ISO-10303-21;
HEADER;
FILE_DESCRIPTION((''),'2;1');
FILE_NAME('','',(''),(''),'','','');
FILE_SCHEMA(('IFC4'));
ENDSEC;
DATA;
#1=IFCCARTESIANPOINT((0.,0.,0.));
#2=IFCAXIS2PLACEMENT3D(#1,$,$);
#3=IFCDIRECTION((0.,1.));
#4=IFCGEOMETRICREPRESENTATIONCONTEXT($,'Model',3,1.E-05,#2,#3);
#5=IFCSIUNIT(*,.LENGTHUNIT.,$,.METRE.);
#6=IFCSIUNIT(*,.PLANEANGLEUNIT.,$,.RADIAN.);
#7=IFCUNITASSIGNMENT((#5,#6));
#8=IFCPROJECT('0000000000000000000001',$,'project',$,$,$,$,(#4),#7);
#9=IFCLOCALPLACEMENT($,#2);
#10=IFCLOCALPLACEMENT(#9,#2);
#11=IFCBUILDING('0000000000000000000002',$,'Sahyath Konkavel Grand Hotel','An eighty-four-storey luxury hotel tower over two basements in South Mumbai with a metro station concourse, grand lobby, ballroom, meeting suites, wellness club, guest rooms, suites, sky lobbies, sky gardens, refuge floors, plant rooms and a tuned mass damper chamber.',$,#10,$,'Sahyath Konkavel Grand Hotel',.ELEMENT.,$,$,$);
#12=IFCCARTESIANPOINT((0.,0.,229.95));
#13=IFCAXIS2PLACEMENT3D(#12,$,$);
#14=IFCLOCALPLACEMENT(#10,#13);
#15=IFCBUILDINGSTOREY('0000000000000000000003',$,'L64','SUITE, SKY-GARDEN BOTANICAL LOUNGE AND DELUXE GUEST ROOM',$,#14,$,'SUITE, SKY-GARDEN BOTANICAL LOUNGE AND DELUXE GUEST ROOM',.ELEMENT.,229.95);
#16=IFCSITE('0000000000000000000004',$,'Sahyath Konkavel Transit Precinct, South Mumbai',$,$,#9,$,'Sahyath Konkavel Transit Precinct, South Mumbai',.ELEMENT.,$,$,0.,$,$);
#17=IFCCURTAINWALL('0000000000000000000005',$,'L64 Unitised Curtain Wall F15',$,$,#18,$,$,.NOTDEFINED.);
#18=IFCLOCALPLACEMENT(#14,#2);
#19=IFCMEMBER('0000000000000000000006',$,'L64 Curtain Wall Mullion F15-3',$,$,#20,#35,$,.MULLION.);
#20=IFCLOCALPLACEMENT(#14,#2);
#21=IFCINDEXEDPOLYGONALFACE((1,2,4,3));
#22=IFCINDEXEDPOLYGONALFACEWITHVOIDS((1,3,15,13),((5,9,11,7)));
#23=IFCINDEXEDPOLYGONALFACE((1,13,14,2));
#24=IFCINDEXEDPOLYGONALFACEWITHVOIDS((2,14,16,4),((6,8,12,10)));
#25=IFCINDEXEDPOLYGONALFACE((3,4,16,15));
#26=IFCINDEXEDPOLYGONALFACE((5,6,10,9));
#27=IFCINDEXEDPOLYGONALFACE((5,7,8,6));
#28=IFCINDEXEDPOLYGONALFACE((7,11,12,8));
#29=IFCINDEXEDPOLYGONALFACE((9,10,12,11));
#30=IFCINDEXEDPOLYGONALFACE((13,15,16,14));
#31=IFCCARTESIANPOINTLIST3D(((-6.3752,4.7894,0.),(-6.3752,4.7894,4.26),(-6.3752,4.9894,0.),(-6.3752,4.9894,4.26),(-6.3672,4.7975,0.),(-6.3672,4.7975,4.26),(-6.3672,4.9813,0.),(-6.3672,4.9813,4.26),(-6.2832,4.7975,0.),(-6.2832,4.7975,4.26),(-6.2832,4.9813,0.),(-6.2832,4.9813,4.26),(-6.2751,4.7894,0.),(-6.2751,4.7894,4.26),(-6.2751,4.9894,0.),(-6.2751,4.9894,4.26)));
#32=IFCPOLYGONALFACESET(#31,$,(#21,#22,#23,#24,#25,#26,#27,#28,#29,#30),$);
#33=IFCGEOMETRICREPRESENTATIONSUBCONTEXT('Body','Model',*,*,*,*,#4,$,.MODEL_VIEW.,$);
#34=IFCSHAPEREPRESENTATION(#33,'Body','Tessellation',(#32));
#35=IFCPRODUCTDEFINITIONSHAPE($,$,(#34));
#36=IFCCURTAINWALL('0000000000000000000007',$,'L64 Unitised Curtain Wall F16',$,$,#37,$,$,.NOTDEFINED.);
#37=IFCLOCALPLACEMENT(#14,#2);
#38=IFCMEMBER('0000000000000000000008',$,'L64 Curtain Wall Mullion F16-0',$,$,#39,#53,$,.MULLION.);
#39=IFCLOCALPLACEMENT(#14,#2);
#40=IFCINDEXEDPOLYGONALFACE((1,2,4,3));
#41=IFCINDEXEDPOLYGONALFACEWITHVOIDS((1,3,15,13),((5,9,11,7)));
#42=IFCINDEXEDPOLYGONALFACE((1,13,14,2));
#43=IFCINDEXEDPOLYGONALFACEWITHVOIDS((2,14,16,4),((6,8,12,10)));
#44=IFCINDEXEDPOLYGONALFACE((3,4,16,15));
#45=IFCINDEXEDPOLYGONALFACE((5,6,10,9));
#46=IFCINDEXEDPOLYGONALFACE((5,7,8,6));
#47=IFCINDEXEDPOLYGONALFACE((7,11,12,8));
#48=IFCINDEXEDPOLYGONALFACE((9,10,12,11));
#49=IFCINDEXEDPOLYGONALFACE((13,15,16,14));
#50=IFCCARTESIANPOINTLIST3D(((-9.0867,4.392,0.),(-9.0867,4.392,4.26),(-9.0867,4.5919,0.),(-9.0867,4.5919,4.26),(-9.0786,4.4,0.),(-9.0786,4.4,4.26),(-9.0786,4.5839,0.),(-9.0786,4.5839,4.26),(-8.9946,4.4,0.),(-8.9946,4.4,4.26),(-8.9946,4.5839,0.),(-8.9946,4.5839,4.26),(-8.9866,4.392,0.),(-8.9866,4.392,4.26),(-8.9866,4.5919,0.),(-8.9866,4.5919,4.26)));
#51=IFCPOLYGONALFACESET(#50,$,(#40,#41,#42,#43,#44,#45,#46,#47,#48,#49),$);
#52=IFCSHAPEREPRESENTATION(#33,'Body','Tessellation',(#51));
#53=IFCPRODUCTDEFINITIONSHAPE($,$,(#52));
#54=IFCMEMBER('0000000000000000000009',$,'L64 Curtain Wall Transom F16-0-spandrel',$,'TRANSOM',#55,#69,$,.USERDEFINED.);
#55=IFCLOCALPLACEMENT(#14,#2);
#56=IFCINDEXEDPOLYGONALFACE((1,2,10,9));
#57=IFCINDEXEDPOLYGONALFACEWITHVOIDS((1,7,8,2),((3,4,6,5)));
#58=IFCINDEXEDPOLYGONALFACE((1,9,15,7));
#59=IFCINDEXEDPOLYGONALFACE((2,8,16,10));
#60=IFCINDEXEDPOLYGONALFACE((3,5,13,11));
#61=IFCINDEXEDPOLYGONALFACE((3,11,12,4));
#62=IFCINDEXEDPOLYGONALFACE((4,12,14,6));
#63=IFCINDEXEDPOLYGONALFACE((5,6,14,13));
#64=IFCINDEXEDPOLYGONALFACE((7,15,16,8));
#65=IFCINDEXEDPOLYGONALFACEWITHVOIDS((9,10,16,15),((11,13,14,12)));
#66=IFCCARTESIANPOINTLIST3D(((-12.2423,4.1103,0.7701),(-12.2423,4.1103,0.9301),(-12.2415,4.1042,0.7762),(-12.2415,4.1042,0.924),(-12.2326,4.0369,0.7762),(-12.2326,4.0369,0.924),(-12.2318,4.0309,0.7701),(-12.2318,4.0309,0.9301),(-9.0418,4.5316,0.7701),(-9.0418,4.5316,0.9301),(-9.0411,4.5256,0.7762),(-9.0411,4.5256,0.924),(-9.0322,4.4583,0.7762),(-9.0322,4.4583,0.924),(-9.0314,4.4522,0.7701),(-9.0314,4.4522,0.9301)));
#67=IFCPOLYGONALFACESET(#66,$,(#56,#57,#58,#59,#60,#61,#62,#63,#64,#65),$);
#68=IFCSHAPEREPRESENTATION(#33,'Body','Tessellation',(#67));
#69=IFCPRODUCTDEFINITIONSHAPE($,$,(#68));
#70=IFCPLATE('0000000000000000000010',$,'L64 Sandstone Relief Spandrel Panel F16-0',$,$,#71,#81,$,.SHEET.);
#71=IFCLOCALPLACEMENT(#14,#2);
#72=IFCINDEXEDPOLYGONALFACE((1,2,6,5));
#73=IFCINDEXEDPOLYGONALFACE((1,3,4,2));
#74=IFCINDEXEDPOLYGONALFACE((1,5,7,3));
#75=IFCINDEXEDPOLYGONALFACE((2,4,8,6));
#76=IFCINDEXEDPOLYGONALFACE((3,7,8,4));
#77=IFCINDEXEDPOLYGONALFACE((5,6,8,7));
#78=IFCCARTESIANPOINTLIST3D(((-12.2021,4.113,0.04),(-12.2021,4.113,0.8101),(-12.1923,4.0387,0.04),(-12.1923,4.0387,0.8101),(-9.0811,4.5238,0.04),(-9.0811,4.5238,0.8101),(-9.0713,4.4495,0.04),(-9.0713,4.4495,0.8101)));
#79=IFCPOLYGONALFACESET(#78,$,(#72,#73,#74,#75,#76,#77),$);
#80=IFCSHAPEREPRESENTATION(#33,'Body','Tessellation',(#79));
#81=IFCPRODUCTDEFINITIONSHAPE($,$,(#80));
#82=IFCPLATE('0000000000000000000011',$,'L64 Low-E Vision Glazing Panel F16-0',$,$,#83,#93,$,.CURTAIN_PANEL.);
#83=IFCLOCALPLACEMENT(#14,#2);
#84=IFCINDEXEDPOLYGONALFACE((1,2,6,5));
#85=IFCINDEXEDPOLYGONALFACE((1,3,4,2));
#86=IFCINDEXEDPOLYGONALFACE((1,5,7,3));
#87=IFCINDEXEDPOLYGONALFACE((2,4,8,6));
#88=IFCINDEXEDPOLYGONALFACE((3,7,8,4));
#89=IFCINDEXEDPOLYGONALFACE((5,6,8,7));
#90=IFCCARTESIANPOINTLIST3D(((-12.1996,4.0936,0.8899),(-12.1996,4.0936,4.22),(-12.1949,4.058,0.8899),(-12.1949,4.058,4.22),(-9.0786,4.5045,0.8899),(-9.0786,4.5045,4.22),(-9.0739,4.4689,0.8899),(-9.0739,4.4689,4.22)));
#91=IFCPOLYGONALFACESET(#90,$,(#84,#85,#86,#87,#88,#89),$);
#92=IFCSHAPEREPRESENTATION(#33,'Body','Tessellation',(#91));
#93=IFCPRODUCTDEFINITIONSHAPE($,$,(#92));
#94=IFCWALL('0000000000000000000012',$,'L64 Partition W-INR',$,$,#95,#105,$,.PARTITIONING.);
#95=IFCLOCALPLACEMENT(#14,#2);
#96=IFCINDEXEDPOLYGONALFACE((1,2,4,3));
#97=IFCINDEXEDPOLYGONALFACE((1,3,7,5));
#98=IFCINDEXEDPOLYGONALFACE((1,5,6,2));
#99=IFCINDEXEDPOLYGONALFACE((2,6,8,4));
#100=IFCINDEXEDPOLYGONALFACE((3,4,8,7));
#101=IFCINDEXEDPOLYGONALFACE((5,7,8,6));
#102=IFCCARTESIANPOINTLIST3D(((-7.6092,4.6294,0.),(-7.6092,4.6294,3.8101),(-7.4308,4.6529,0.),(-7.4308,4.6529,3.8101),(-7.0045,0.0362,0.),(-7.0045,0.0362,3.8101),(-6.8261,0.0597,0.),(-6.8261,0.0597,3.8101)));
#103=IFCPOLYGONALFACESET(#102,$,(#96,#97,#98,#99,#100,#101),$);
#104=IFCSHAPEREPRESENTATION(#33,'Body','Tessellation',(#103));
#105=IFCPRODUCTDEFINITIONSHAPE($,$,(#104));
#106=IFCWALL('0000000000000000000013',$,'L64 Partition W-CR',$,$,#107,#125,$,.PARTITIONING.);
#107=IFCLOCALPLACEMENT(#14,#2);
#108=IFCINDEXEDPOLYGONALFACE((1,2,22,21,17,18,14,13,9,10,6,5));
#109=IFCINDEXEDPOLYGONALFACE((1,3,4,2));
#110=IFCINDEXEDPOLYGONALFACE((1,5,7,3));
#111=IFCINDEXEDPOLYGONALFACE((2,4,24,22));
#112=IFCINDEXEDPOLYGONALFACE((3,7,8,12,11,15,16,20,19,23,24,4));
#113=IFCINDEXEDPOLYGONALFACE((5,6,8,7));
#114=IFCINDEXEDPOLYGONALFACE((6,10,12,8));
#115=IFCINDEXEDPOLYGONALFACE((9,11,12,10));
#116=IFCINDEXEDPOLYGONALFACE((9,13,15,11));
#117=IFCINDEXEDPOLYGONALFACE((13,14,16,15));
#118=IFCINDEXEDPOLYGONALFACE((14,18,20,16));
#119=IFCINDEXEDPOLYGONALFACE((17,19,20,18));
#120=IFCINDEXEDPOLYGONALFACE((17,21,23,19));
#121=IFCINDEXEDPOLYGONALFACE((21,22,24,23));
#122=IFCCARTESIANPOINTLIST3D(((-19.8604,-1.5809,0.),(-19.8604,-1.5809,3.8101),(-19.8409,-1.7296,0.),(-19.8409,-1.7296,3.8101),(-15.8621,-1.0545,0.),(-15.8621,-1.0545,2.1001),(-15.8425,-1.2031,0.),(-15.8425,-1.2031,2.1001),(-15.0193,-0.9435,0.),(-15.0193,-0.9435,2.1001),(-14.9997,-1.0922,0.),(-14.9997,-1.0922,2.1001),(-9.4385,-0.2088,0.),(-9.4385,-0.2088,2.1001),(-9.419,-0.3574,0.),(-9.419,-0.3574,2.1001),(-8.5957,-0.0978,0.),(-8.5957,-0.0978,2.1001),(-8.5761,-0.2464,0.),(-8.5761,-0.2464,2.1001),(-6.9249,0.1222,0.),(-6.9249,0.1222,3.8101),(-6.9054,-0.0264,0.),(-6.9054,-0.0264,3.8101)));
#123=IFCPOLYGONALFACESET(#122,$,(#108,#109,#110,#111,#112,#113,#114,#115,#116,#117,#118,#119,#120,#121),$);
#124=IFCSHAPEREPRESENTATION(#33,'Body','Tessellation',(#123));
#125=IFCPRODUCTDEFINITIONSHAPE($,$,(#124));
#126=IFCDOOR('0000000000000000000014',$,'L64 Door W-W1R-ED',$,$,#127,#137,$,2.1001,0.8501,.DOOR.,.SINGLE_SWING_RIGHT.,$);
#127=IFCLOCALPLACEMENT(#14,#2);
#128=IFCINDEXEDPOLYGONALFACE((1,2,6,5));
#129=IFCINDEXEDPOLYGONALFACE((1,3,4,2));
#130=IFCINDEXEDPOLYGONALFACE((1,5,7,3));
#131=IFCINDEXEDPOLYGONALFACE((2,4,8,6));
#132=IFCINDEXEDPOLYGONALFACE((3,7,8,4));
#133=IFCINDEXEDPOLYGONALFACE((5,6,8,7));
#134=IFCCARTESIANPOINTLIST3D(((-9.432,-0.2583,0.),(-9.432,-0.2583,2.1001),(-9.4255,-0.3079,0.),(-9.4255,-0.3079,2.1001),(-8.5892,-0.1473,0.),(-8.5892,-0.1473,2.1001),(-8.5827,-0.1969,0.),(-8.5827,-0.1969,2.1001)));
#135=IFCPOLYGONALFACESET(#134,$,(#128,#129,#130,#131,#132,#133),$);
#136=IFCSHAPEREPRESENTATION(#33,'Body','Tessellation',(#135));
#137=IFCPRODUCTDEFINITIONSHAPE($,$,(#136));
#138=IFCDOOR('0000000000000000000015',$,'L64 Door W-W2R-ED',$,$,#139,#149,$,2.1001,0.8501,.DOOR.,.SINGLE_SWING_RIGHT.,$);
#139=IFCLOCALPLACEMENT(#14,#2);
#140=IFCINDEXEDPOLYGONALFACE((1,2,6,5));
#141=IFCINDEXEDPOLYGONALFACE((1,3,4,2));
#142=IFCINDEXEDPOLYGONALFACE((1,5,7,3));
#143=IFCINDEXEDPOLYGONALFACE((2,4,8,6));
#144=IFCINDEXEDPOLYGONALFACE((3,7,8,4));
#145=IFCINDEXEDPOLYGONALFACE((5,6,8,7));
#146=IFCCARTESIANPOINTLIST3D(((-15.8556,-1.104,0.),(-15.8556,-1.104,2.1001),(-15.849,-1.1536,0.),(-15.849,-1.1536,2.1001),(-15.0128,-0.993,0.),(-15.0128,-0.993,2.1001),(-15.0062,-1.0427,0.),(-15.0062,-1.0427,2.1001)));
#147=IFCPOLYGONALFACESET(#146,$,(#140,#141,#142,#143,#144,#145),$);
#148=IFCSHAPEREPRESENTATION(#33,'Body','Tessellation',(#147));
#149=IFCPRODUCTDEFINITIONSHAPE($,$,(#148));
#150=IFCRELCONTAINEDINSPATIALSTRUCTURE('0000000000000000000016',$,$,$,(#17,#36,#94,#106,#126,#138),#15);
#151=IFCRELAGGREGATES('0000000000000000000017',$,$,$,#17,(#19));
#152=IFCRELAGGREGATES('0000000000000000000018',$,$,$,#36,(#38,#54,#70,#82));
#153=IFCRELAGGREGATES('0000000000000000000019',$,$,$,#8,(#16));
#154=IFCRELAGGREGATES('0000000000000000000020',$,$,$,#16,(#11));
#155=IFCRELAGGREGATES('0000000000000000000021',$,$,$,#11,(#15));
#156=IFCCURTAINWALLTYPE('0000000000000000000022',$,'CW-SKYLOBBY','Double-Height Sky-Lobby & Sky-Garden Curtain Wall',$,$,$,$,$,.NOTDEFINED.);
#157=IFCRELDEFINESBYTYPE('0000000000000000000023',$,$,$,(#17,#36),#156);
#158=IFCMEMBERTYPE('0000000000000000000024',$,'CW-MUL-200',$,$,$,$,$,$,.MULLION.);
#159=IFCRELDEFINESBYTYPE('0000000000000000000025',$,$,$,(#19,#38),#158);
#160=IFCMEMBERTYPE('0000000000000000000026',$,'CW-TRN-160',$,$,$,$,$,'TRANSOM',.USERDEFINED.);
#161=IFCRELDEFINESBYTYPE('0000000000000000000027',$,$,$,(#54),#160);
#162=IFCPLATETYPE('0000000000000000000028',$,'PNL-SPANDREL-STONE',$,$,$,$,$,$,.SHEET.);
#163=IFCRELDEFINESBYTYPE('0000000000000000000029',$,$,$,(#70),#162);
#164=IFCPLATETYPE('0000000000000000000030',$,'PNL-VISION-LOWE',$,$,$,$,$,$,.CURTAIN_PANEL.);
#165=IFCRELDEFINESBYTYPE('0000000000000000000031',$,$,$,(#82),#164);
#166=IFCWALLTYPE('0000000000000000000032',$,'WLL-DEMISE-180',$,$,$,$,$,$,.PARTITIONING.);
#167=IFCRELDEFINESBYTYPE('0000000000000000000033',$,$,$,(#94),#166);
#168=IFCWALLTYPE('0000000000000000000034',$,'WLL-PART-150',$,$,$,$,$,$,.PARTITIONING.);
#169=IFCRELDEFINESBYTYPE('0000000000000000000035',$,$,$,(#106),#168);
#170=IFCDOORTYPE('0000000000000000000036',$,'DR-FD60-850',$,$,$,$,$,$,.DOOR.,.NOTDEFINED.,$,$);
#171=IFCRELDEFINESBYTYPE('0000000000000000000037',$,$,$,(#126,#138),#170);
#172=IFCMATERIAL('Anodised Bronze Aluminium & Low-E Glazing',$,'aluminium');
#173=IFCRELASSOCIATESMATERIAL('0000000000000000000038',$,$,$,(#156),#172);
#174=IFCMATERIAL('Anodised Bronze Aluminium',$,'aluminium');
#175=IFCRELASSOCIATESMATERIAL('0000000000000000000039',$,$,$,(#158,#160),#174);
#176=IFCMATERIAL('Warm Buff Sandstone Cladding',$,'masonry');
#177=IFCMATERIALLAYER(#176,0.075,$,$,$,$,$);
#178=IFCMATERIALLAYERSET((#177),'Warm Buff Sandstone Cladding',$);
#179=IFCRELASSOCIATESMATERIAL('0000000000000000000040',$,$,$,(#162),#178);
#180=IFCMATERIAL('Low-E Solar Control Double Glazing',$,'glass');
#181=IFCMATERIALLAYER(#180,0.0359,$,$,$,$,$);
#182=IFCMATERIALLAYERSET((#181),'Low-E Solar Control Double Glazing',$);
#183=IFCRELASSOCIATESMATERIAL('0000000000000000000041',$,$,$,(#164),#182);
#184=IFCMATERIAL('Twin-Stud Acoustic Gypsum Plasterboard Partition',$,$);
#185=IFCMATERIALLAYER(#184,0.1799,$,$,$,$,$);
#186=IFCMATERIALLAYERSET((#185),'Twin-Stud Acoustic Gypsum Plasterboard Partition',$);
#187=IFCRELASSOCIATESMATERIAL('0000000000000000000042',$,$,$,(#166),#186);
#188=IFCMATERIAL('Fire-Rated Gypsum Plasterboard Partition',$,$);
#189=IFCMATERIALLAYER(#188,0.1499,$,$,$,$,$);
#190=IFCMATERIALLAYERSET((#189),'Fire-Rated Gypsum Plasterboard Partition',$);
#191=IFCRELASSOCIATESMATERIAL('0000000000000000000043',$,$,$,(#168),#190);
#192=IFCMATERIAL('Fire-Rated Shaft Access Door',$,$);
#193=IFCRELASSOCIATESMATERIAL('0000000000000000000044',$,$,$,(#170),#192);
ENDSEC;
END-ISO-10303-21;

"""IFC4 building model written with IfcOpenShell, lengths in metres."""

from ifc_helpers import new_model, si_unit, direction, frame, frame_2d, origin, origin_2d, place, context, subcontext, project, spatial, rectangle, hollow_rectangle, extrude, source, transform, mapped, material, layer, layer_set, material_profile, profile_set, type_object, element, fill, aggregate, save


model = new_model("IFC4")

# Units and contexts
model_context = context("Model", 3, precision=1e-05, world=origin(), true_north=direction((0.0, 1.0)))
body_context = subcontext(model_context, "Body", "Model", "MODEL_VIEW")
ifc_project = project(units=[si_unit("LENGTHUNIT", "METRE"), si_unit("PLANEANGLEUNIT", "RADIAN")], contexts=[model_context])

# Site, building, storey
site_placement = place(None, origin())
site = spatial("IfcSite", under=ifc_project, at=site_placement, Name="Sahyath Konkavel Transit Precinct, South Mumbai", LongName="Sahyath Konkavel Transit Precinct, South Mumbai", CompositionType="ELEMENT", RefElevation=0.0)
building_placement = place(site_placement, origin())
building = spatial("IfcBuilding", under=site, at=building_placement, Name="Sahyath Konkavel Grand Hotel", Description="An eighty-four-storey luxury hotel tower over two basements in South Mumbai with a metro station concourse, grand lobby, ballroom, meeting suites, wellness club, guest rooms, suites, sky lobbies, sky gardens, refuge floors, plant rooms and a tuned mass damper chamber.", LongName="Sahyath Konkavel Grand Hotel", CompositionType="ELEMENT")
storey_placement = place(building_placement, frame((0.0, 0.0, 229.95)))
storey = spatial("IfcBuildingStorey", under=building, at=storey_placement, Name="L64", Description="SUITE, SKY-GARDEN BOTANICAL LOUNGE AND DELUXE GUEST ROOM", LongName="SUITE, SKY-GARDEN BOTANICAL LOUNGE AND DELUXE GUEST ROOM", CompositionType="ELEMENT", Elevation=229.95)

# Curtain wall, member
ifc_material_1 = material(Name="Anodised Bronze Aluminium & Low-E Glazing", Category="aluminium")
curtain_wall_type = type_object("IfcCurtainWallType", Name="CW-SKYLOBBY", Description="Double-Height Sky-Lobby & Sky-Garden Curtain Wall", PredefinedType="NOTDEFINED", material=ifc_material_1)
curtain_wall_1_placement = place(storey_placement, origin())
curtain_wall_1 = element("IfcCurtainWall", 1, at=curtain_wall_1_placement, inside=storey, type_object=curtain_wall_type, Name="L64 Unitised Curtain Wall F15", PredefinedType="NOTDEFINED")
ifc_material_2 = material(Name="Anodised Bronze Aluminium", Category="aluminium")
ifc_material_profile_1 = material_profile(ifc_material_2, hollow_rectangle(XDim=0.1001, YDim=0.2, WallThickness=0.0081, at=origin_2d()), Name="RHS 200x100x8")
ifc_profile_set_1 = profile_set([ifc_material_profile_1], Name="Anodised Bronze Aluminium")
member_type_1 = type_object("IfcMemberType", Name="CW-MUL-200", PredefinedType="MULLION", material=ifc_profile_set_1)
shared_shape_1 = source(origin(), body_context, "Body", "SweptSolid", [
    extrude(hollow_rectangle(XDim=0.1001, YDim=0.2, WallThickness=0.0081, at=origin_2d()), origin(), (0.0, 0.0, 1.0), 4.26),
])
member_1_placement = place(storey_placement, frame((-6.3252, 4.8894, 0.0), z_axis=(0.0, 0.0, 1.0), x_axis=(1.0, 0.0, 0.0)))
member_1 = element("IfcMember", 2, at=member_1_placement, type_object=member_type_1, Name="L64 Curtain Wall Mullion F15-3", PredefinedType="MULLION", context=body_context, shape_type="MappedRepresentation", body=[
    mapped(shared_shape_1, transform((0.0, 0.0, 0.0), scale=1.0)),
])
aggregate(curtain_wall_1, [member_1])

# Curtain wall, members, plates
curtain_wall_2_placement = place(storey_placement, origin())
curtain_wall_2 = element("IfcCurtainWall", 3, at=curtain_wall_2_placement, inside=storey, type_object=curtain_wall_type, Name="L64 Unitised Curtain Wall F16", PredefinedType="NOTDEFINED")
member_2_placement = place(storey_placement, frame((-9.0366, 4.4919, 0.0), z_axis=(0.0, 0.0, 1.0), x_axis=(1.0, 0.0, 0.0)))
member_2 = element("IfcMember", 4, at=member_2_placement, type_object=member_type_1, Name="L64 Curtain Wall Mullion F16-0", PredefinedType="MULLION", context=body_context, shape_type="MappedRepresentation", body=[
    mapped(shared_shape_1, transform((0.0, 0.0, 0.0), scale=1.0)),
])
ifc_material_profile_2 = material_profile(ifc_material_2, hollow_rectangle(XDim=0.0801, YDim=0.1599, WallThickness=0.0061, at=origin_2d()), Name="RHS 160x80x6")
ifc_profile_set_2 = profile_set([ifc_material_profile_2], Name="Anodised Bronze Aluminium")
member_type_2 = type_object("IfcMemberType", Name="CW-TRN-160", ElementType="TRANSOM", PredefinedType="USERDEFINED", material=ifc_profile_set_2)
shared_shape_2 = source(origin(), body_context, "Body", "SweptSolid", [
    extrude(hollow_rectangle(XDim=0.0801, YDim=0.1599, WallThickness=0.0061, at=origin_2d()), origin(), (0.0, 0.0, 1.0), 3.228),
])
member_3_placement = place(storey_placement, frame((-9.0366, 4.4919, 0.8501), z_axis=(-0.991443, -0.130539, 0.0), x_axis=(0.130539, -0.991443, 0.0)))
member_3 = element("IfcMember", 5, at=member_3_placement, type_object=member_type_2, Name="L64 Curtain Wall Transom F16-0-spandrel", ObjectType="TRANSOM", PredefinedType="USERDEFINED", context=body_context, shape_type="MappedRepresentation", body=[
    mapped(shared_shape_2, transform((0.0, 0.0, 0.0), scale=1.0)),
])
ifc_material_3 = material(Name="Warm Buff Sandstone Cladding", Category="masonry")
ifc_layer_1 = layer(ifc_material_3, 0.075)
ifc_layer_set_1 = layer_set([ifc_layer_1], Name="Warm Buff Sandstone Cladding")
plate_type_1 = type_object("IfcPlateType", Name="PNL-SPANDREL-STONE", PredefinedType="SHEET", material=ifc_layer_set_1)
shared_shape_3 = source(origin(), body_context, "Body", "SweptSolid", [
    extrude(rectangle(XDim=3.1479, YDim=0.075, at=origin_2d()), origin(), (0.0, 0.0, 1.0), 0.77),
])
plate_1_placement = place(storey_placement, frame((-10.6367, 4.2812, 0.04), z_axis=(0.0, 0.0, 1.0), x_axis=(-0.991445, -0.130526, 0.0)))
plate_1 = element("IfcPlate", 6, at=plate_1_placement, type_object=plate_type_1, Name="L64 Sandstone Relief Spandrel Panel F16-0", PredefinedType="SHEET", context=body_context, shape_type="MappedRepresentation", body=[
    mapped(shared_shape_3, transform((0.0, 0.0, 0.0), scale=1.0)),
])
ifc_material_4 = material(Name="Low-E Solar Control Double Glazing", Category="glass")
ifc_layer_2 = layer(ifc_material_4, 0.0359)
ifc_layer_set_2 = layer_set([ifc_layer_2], Name="Low-E Solar Control Double Glazing")
plate_type_2 = type_object("IfcPlateType", Name="PNL-VISION-LOWE", PredefinedType="CURTAIN_PANEL", material=ifc_layer_set_2)
shared_shape_4 = source(origin(), body_context, "Body", "SweptSolid", [
    extrude(rectangle(XDim=3.1479, YDim=0.0359, at=origin_2d()), origin(), (0.0, 0.0, 1.0), 3.3301),
])
plate_2_placement = place(storey_placement, frame((-10.6367, 4.2812, 0.8899), z_axis=(0.0, 0.0, 1.0), x_axis=(-0.991445, -0.130526, 0.0)))
plate_2 = element("IfcPlate", 7, at=plate_2_placement, type_object=plate_type_2, Name="L64 Low-E Vision Glazing Panel F16-0", PredefinedType="CURTAIN_PANEL", context=body_context, shape_type="MappedRepresentation", body=[
    mapped(shared_shape_4, transform((0.0, 0.0, 0.0), scale=1.0)),
])
aggregate(curtain_wall_2, [member_2, member_3, plate_1, plate_2])

# Wall
ifc_material_5 = material(Name="Twin-Stud Acoustic Gypsum Plasterboard Partition")
ifc_layer_3 = layer(ifc_material_5, 0.1799)
ifc_layer_set_3 = layer_set([ifc_layer_3], Name="Twin-Stud Acoustic Gypsum Plasterboard Partition")
wall_type_1 = type_object("IfcWallType", Name="WLL-DEMISE-180", PredefinedType="PARTITIONING", material=ifc_layer_set_3)
wall_1_placement = place(storey_placement, frame((-7.52, 4.6411, 0.0), z_axis=(0.0, 0.0, 1.0), x_axis=(0.130531, -0.991444, 0.0)))
element("IfcWall", 8, at=wall_1_placement, inside=storey, type_object=wall_type_1, Name="L64 Partition W-INR", PredefinedType="PARTITIONING", context=body_context, shape_type="SweptSolid", body=[
    extrude(rectangle(XDim=4.6328, YDim=0.1799, at=frame_2d((2.3164, 0.0))), origin(), (0.0, 0.0, 1.0), 3.8101),
])

# Wall, openings, doors
ifc_material_6 = material(Name="Fire-Rated Gypsum Plasterboard Partition")
ifc_layer_4 = layer(ifc_material_6, 0.1499)
ifc_layer_set_4 = layer_set([ifc_layer_4], Name="Fire-Rated Gypsum Plasterboard Partition")
wall_type_2 = type_object("IfcWallType", Name="WLL-PART-150", PredefinedType="PARTITIONING", material=ifc_layer_set_4)
wall_2_placement = place(storey_placement, frame((-6.9153, 0.0479, 0.0), z_axis=(0.0, 0.0, 1.0), x_axis=(-0.991444, -0.130536, 0.0)))
wall_2 = element("IfcWall", 9, at=wall_2_placement, inside=storey, type_object=wall_type_2, Name="L64 Partition W-CR", PredefinedType="PARTITIONING", context=body_context, shape_type="SweptSolid", body=[
    extrude(rectangle(XDim=13.0471, YDim=0.1499, at=frame_2d((6.5234, 0.0))), origin(), (0.0, 0.0, 1.0), 3.8101),
])
opening_1_placement = place(wall_2_placement, frame((1.6851, 0.0, 0.0)))
opening_1 = element("IfcOpeningElement", 10, at=opening_1_placement, cuts=wall_2, PredefinedType="OPENING", context=body_context, shape_type="SweptSolid", body=[
    extrude(rectangle(XDim=0.8501, YDim=2.1001, at=frame_2d((0.425, 1.05))), frame((0.0, 0.085, 0.0), z_axis=(0.0, -1.0, 0.0), x_axis=(1.0, 0.0, 0.0)), (0.0, 0.0, 1.0), 0.1699),
])
opening_2_placement = place(wall_2_placement, frame((8.1641, 0.0, 0.0)))
opening_2 = element("IfcOpeningElement", 11, at=opening_2_placement, cuts=wall_2, PredefinedType="OPENING", context=body_context, shape_type="SweptSolid", body=[
    extrude(rectangle(XDim=0.8501, YDim=2.1001, at=frame_2d((0.425, 1.05))), frame((0.0, 0.085, 0.0), z_axis=(0.0, -1.0, 0.0), x_axis=(1.0, 0.0, 0.0)), (0.0, 0.0, 1.0), 0.1699),
])
ifc_material_7 = material(Name="Fire-Rated Shaft Access Door")
door_type_1 = type_object("IfcDoorType", Name="DR-FD60-850", OperationType="NOTDEFINED", PredefinedType="DOOR", material=ifc_material_7)
shared_shape_5 = source(origin(), body_context, "Body", "SweptSolid", [
    extrude(rectangle(XDim=0.8501, YDim=0.05, at=origin_2d()), origin(), (0.0, 0.0, 1.0), 2.1001),
])
door_1_placement = place(opening_1_placement, frame((0.425, 0.0, 0.0)))
door_1 = element("IfcDoor", 12, at=door_1_placement, inside=storey, type_object=door_type_1, Name="L64 Door W-W1R-ED", OperationType="SINGLE_SWING_RIGHT", OverallHeight=2.1001, OverallWidth=0.8501, PredefinedType="DOOR", context=body_context, shape_type="MappedRepresentation", body=[
    mapped(shared_shape_5, transform((0.0, 0.0, 0.0), scale=1.0)),
])
fill(opening_1, door_1)
door_2_placement = place(opening_2_placement, frame((0.425, 0.0, 0.0)))
door_2 = element("IfcDoor", 13, at=door_2_placement, inside=storey, type_object=door_type_1, Name="L64 Door W-W2R-ED", OperationType="SINGLE_SWING_RIGHT", OverallHeight=2.1001, OverallWidth=0.8501, PredefinedType="DOOR", context=body_context, shape_type="MappedRepresentation", body=[
    mapped(shared_shape_5, transform((0.0, 0.0, 0.0), scale=1.0)),
])
fill(opening_2, door_2)

save(model, "model.ifc")
